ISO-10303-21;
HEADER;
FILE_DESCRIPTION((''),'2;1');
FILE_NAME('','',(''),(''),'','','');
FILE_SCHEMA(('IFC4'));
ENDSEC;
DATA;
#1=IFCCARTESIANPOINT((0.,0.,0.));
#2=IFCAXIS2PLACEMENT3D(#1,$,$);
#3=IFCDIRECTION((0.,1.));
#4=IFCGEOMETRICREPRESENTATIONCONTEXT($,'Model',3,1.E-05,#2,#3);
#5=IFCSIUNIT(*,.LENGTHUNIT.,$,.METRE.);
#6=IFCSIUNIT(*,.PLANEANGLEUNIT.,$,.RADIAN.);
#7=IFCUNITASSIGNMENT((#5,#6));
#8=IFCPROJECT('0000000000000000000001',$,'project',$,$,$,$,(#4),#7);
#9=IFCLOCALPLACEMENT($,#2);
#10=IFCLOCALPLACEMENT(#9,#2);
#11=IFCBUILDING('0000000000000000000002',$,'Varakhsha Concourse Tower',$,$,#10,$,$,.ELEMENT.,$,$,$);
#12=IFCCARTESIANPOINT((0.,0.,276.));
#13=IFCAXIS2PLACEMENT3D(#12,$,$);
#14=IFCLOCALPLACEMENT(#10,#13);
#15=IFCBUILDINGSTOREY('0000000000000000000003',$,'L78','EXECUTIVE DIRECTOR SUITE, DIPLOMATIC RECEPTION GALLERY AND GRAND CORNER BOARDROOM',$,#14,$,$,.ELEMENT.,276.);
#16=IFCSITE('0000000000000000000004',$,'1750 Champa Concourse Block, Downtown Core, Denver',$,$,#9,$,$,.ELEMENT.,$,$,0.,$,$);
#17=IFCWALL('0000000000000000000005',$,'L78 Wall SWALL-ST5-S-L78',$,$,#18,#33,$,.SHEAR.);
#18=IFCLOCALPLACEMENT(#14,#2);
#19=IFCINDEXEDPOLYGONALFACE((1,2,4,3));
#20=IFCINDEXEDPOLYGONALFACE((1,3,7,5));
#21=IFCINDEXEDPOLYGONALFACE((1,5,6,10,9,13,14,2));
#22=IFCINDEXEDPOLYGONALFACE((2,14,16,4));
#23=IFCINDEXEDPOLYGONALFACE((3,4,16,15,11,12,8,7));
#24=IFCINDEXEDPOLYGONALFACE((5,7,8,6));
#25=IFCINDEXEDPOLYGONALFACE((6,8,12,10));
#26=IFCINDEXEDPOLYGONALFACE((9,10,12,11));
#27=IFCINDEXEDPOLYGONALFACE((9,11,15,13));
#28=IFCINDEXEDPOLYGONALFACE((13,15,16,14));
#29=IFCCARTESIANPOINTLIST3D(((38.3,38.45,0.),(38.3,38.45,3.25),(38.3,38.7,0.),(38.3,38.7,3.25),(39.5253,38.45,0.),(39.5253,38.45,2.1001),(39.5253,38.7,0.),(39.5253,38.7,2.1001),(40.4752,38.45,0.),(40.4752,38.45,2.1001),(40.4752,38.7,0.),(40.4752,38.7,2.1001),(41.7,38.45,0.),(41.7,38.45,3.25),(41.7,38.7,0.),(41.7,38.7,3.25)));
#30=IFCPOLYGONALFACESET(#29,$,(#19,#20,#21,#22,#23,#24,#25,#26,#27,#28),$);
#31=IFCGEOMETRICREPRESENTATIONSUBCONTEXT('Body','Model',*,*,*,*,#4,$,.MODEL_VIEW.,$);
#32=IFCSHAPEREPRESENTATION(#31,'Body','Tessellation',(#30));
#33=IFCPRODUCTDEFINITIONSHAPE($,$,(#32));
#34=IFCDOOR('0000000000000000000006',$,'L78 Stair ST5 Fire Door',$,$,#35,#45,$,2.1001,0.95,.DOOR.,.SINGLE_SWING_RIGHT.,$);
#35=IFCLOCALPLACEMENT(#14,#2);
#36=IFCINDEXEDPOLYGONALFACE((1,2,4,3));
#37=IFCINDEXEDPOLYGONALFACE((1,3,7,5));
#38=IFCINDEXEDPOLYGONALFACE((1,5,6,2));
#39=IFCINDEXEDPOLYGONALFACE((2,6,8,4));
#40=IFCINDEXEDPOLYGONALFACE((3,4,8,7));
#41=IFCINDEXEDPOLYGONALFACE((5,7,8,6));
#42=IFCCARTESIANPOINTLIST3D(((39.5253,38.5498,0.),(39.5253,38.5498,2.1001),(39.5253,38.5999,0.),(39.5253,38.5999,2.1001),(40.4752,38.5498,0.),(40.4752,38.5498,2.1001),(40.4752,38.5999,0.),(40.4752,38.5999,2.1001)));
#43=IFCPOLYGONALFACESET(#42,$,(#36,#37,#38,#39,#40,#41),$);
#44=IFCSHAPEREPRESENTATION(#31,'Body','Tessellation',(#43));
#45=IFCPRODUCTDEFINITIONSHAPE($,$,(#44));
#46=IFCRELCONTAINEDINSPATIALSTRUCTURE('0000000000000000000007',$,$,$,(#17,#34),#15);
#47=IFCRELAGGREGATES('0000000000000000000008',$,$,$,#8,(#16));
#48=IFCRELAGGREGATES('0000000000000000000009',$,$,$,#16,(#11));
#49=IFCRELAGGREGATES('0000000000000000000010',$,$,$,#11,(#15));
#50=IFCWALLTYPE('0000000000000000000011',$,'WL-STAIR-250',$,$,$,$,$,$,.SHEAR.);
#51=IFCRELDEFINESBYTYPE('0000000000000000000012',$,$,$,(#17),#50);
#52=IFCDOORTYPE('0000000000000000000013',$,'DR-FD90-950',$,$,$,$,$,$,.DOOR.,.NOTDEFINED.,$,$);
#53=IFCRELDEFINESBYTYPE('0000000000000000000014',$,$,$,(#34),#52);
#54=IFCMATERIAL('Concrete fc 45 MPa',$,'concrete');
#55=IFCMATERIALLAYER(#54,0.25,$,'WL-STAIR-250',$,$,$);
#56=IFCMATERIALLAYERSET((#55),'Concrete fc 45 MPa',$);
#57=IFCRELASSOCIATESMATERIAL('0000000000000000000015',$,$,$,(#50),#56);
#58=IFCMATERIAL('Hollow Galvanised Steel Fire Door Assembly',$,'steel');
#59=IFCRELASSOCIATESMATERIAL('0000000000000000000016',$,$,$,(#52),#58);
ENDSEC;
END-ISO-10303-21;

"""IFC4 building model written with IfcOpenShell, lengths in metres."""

from ifc_helpers import new_model, si_unit, direction, frame, frame_2d, origin, place, context, subcontext, project, spatial, rectangle, extrude, material, layer, layer_set, type_object, element, fill, save


model = new_model("IFC4")

# Units and contexts
model_context = context("Model", 3, precision=1e-05, world=origin(), true_north=direction((0.0, 1.0)))
body_context = subcontext(model_context, "Body", "Model", "MODEL_VIEW")
ifc_project = project(units=[si_unit("LENGTHUNIT", "METRE"), si_unit("PLANEANGLEUNIT", "RADIAN")], contexts=[model_context])

# Site, building, storey
site_placement = place(None, origin())
site = spatial("IfcSite", under=ifc_project, at=site_placement, Name="1750 Champa Concourse Block, Downtown Core, Denver", CompositionType="ELEMENT", RefElevation=0.0)
building_placement = place(site_placement, origin())
building = spatial("IfcBuilding", under=site, at=building_placement, Name="Varakhsha Concourse Tower", CompositionType="ELEMENT")
storey_placement = place(building_placement, frame((0.0, 0.0, 276.0)))
storey = spatial("IfcBuildingStorey", under=building, at=storey_placement, Name="L78", Description="EXECUTIVE DIRECTOR SUITE, DIPLOMATIC RECEPTION GALLERY AND GRAND CORNER BOARDROOM", CompositionType="ELEMENT", Elevation=276.0)

# Shared definitions
ifc_material_1 = material(Name="Hollow Galvanised Steel Fire Door Assembly", Category="steel")

# Shared definitions
ifc_material_2 = material(Name="Concrete fc 45 MPa", Category="concrete")
ifc_layer_1 = layer(ifc_material_2, 0.25, Name="WL-STAIR-250")
ifc_layer_set_1 = layer_set([ifc_layer_1], Name="Concrete fc 45 MPa")
wall_type_1 = type_object("IfcWallType", Name="WL-STAIR-250", PredefinedType="SHEAR", material=ifc_layer_set_1)

# Wall, opening, door
wall_1_placement = place(storey_placement, frame((38.3, 38.575, 0.0), z_axis=(0.0, 0.0, 1.0), x_axis=(1.0, 0.0, 0.0)))
wall_1 = element("IfcWall", 1, at=wall_1_placement, inside=storey, type_object=wall_type_1, Name="L78 Wall SWALL-ST5-S-L78", PredefinedType="SHEAR", context=body_context, shape_type="SweptSolid", body=[
    extrude(rectangle(XDim=3.3999, YDim=0.25, at=frame_2d((1.7, 0.0))), origin(), (0.0, 0.0, 1.0), 3.25),
])
opening_1_placement = place(wall_1_placement, frame((1.2251, 0.0, 0.0)))
opening_1 = element("IfcOpeningElement", 2, at=opening_1_placement, cuts=wall_1, PredefinedType="OPENING", context=body_context, shape_type="SweptSolid", body=[
    extrude(rectangle(XDim=0.95, YDim=2.1001, at=frame_2d((0.4751, 1.05))), frame((0.0, 0.135, 0.0), z_axis=(0.0, -1.0, 0.0), x_axis=(1.0, 0.0, 0.0)), (0.0, 0.0, 1.0), 0.27),
])
door_type_1 = type_object("IfcDoorType", Name="DR-FD90-950", OperationType="NOTDEFINED", PredefinedType="DOOR", material=ifc_material_1)
door_1_placement = place(opening_1_placement, origin())
door_1 = element("IfcDoor", 3, at=door_1_placement, inside=storey, type_object=door_type_1, Name="L78 Stair ST5 Fire Door", OperationType="SINGLE_SWING_RIGHT", OverallHeight=2.1001, OverallWidth=0.95, PredefinedType="DOOR", context=body_context, shape_type="SweptSolid", body=[
    extrude(rectangle(XDim=0.95, YDim=2.1001, at=frame_2d((0.4751, 1.05))), frame((0.0, 0.0249, 0.0), z_axis=(0.0, -1.0, 0.0), x_axis=(1.0, 0.0, 0.0)), (0.0, 0.0, 1.0), 0.05),
])
fill(opening_1, door_1)

save(model, "model.ifc")
